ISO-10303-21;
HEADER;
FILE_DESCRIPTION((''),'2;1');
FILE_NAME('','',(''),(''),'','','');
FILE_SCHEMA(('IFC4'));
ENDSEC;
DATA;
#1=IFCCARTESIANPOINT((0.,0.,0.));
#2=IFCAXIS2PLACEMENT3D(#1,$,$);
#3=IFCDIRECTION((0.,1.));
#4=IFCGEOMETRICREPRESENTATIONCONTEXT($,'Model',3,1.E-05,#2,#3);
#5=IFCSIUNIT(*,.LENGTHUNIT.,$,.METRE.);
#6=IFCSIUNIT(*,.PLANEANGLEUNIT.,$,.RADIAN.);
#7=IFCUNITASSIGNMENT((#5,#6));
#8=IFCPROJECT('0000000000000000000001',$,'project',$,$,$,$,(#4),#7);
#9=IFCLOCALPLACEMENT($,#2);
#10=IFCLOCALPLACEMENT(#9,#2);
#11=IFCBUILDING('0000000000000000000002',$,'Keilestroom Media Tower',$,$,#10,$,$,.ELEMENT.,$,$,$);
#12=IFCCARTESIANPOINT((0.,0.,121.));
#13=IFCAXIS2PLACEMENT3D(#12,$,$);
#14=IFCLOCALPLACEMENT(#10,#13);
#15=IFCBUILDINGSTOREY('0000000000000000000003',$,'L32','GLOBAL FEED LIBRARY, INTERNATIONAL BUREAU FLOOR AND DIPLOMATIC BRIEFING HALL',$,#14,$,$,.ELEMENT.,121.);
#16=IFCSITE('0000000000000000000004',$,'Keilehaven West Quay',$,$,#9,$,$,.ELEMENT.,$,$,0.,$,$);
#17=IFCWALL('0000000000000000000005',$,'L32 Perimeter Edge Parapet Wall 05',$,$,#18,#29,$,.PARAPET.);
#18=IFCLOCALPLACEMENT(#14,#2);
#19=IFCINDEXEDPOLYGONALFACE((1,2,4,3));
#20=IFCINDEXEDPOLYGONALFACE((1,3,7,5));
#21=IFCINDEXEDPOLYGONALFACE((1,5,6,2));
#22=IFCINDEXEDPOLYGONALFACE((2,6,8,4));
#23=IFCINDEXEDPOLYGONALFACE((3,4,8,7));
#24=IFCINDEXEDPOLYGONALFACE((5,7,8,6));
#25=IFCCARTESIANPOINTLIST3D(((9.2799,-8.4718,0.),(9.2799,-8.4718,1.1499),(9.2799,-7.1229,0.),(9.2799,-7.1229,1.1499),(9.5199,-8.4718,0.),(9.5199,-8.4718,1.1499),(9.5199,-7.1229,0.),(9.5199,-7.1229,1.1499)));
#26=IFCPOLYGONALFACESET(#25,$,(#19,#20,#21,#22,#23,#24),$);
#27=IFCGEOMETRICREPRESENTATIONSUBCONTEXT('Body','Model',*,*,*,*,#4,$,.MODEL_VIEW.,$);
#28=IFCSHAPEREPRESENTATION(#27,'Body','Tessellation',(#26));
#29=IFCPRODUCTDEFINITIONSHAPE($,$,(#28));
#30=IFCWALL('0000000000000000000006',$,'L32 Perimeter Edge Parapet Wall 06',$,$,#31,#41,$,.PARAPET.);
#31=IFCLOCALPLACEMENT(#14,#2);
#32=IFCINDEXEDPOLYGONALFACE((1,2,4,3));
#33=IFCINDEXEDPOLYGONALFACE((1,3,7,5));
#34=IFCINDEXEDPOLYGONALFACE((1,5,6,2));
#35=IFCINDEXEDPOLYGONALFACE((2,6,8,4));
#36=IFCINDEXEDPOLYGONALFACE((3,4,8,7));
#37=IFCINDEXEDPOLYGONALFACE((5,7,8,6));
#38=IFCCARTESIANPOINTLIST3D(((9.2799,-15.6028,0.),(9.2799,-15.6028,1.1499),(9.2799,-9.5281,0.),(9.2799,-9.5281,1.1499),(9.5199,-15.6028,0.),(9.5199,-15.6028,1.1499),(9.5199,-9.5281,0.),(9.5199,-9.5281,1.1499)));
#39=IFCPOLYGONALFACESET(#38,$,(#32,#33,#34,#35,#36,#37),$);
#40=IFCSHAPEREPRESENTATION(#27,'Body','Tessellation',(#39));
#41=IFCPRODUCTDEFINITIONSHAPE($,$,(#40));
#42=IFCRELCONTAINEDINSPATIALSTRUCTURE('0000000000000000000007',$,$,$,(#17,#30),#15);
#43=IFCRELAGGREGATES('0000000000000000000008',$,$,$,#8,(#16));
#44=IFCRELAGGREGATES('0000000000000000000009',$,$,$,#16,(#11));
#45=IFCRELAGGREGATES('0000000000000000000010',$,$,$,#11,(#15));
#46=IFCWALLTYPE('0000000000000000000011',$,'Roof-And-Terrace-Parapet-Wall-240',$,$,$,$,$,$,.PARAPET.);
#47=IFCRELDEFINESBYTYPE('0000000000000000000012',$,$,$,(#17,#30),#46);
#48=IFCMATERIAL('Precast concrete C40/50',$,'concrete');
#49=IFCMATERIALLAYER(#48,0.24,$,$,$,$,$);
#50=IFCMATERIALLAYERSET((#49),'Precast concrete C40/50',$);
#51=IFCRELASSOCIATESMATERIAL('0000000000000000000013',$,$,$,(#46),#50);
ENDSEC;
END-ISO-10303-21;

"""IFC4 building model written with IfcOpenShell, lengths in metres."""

from ifc_helpers import new_model, si_unit, direction, frame, frame_2d, origin, place, context, subcontext, project, spatial, rectangle, extrude, material, layer, layer_set, type_object, element, save


model = new_model("IFC4")

# Units and contexts
model_context = context("Model", 3, precision=1e-05, world=origin(), true_north=direction((0.0, 1.0)))
body_context = subcontext(model_context, "Body", "Model", "MODEL_VIEW")
ifc_project = project(units=[si_unit("LENGTHUNIT", "METRE"), si_unit("PLANEANGLEUNIT", "RADIAN")], contexts=[model_context])

# Site, building, storey
site_placement = place(None, origin())
site = spatial("IfcSite", under=ifc_project, at=site_placement, Name="Keilehaven West Quay", CompositionType="ELEMENT", RefElevation=0.0)
building_placement = place(site_placement, origin())
building = spatial("IfcBuilding", under=site, at=building_placement, Name="Keilestroom Media Tower", CompositionType="ELEMENT")
storey_placement = place(building_placement, frame((0.0, 0.0, 121.0)))
storey = spatial("IfcBuildingStorey", under=building, at=storey_placement, Name="L32", Description="GLOBAL FEED LIBRARY, INTERNATIONAL BUREAU FLOOR AND DIPLOMATIC BRIEFING HALL", CompositionType="ELEMENT", Elevation=121.0)

# Walls
ifc_material_1 = material(Name="Precast concrete C40/50", Category="concrete")
ifc_layer_1 = layer(ifc_material_1, 0.24)
ifc_layer_set_1 = layer_set([ifc_layer_1], Name="Precast concrete C40/50")
wall_type_1 = type_object("IfcWallType", Name="Roof-And-Terrace-Parapet-Wall-240", PredefinedType="PARAPET", material=ifc_layer_set_1)
wall_1_placement = place(storey_placement, frame((9.3999, -7.123, 0.0), z_axis=(0.0, 0.0, 1.0), x_axis=(0.0, -1.0, 0.0)))
element("IfcWall", 1, at=wall_1_placement, inside=storey, type_object=wall_type_1, Name="L32 Perimeter Edge Parapet Wall 05", PredefinedType="PARAPET", context=body_context, shape_type="SweptSolid", body=[
    extrude(rectangle(XDim=1.3489, YDim=0.24, at=frame_2d((0.6743, 0.0))), origin(), (0.0, 0.0, 1.0), 1.1499),
])
wall_2_placement = place(storey_placement, frame((9.3999, -9.5281, 0.0), z_axis=(0.0, 0.0, 1.0), x_axis=(0.0, -1.0, 0.0)))
element("IfcWall", 2, at=wall_2_placement, inside=storey, type_object=wall_type_1, Name="L32 Perimeter Edge Parapet Wall 06", PredefinedType="PARAPET", context=body_context, shape_type="SweptSolid", body=[
    extrude(rectangle(XDim=6.0747, YDim=0.24, at=frame_2d((3.0374, 0.0))), origin(), (0.0, 0.0, 1.0), 1.1499),
])

save(model, "model.ifc")
